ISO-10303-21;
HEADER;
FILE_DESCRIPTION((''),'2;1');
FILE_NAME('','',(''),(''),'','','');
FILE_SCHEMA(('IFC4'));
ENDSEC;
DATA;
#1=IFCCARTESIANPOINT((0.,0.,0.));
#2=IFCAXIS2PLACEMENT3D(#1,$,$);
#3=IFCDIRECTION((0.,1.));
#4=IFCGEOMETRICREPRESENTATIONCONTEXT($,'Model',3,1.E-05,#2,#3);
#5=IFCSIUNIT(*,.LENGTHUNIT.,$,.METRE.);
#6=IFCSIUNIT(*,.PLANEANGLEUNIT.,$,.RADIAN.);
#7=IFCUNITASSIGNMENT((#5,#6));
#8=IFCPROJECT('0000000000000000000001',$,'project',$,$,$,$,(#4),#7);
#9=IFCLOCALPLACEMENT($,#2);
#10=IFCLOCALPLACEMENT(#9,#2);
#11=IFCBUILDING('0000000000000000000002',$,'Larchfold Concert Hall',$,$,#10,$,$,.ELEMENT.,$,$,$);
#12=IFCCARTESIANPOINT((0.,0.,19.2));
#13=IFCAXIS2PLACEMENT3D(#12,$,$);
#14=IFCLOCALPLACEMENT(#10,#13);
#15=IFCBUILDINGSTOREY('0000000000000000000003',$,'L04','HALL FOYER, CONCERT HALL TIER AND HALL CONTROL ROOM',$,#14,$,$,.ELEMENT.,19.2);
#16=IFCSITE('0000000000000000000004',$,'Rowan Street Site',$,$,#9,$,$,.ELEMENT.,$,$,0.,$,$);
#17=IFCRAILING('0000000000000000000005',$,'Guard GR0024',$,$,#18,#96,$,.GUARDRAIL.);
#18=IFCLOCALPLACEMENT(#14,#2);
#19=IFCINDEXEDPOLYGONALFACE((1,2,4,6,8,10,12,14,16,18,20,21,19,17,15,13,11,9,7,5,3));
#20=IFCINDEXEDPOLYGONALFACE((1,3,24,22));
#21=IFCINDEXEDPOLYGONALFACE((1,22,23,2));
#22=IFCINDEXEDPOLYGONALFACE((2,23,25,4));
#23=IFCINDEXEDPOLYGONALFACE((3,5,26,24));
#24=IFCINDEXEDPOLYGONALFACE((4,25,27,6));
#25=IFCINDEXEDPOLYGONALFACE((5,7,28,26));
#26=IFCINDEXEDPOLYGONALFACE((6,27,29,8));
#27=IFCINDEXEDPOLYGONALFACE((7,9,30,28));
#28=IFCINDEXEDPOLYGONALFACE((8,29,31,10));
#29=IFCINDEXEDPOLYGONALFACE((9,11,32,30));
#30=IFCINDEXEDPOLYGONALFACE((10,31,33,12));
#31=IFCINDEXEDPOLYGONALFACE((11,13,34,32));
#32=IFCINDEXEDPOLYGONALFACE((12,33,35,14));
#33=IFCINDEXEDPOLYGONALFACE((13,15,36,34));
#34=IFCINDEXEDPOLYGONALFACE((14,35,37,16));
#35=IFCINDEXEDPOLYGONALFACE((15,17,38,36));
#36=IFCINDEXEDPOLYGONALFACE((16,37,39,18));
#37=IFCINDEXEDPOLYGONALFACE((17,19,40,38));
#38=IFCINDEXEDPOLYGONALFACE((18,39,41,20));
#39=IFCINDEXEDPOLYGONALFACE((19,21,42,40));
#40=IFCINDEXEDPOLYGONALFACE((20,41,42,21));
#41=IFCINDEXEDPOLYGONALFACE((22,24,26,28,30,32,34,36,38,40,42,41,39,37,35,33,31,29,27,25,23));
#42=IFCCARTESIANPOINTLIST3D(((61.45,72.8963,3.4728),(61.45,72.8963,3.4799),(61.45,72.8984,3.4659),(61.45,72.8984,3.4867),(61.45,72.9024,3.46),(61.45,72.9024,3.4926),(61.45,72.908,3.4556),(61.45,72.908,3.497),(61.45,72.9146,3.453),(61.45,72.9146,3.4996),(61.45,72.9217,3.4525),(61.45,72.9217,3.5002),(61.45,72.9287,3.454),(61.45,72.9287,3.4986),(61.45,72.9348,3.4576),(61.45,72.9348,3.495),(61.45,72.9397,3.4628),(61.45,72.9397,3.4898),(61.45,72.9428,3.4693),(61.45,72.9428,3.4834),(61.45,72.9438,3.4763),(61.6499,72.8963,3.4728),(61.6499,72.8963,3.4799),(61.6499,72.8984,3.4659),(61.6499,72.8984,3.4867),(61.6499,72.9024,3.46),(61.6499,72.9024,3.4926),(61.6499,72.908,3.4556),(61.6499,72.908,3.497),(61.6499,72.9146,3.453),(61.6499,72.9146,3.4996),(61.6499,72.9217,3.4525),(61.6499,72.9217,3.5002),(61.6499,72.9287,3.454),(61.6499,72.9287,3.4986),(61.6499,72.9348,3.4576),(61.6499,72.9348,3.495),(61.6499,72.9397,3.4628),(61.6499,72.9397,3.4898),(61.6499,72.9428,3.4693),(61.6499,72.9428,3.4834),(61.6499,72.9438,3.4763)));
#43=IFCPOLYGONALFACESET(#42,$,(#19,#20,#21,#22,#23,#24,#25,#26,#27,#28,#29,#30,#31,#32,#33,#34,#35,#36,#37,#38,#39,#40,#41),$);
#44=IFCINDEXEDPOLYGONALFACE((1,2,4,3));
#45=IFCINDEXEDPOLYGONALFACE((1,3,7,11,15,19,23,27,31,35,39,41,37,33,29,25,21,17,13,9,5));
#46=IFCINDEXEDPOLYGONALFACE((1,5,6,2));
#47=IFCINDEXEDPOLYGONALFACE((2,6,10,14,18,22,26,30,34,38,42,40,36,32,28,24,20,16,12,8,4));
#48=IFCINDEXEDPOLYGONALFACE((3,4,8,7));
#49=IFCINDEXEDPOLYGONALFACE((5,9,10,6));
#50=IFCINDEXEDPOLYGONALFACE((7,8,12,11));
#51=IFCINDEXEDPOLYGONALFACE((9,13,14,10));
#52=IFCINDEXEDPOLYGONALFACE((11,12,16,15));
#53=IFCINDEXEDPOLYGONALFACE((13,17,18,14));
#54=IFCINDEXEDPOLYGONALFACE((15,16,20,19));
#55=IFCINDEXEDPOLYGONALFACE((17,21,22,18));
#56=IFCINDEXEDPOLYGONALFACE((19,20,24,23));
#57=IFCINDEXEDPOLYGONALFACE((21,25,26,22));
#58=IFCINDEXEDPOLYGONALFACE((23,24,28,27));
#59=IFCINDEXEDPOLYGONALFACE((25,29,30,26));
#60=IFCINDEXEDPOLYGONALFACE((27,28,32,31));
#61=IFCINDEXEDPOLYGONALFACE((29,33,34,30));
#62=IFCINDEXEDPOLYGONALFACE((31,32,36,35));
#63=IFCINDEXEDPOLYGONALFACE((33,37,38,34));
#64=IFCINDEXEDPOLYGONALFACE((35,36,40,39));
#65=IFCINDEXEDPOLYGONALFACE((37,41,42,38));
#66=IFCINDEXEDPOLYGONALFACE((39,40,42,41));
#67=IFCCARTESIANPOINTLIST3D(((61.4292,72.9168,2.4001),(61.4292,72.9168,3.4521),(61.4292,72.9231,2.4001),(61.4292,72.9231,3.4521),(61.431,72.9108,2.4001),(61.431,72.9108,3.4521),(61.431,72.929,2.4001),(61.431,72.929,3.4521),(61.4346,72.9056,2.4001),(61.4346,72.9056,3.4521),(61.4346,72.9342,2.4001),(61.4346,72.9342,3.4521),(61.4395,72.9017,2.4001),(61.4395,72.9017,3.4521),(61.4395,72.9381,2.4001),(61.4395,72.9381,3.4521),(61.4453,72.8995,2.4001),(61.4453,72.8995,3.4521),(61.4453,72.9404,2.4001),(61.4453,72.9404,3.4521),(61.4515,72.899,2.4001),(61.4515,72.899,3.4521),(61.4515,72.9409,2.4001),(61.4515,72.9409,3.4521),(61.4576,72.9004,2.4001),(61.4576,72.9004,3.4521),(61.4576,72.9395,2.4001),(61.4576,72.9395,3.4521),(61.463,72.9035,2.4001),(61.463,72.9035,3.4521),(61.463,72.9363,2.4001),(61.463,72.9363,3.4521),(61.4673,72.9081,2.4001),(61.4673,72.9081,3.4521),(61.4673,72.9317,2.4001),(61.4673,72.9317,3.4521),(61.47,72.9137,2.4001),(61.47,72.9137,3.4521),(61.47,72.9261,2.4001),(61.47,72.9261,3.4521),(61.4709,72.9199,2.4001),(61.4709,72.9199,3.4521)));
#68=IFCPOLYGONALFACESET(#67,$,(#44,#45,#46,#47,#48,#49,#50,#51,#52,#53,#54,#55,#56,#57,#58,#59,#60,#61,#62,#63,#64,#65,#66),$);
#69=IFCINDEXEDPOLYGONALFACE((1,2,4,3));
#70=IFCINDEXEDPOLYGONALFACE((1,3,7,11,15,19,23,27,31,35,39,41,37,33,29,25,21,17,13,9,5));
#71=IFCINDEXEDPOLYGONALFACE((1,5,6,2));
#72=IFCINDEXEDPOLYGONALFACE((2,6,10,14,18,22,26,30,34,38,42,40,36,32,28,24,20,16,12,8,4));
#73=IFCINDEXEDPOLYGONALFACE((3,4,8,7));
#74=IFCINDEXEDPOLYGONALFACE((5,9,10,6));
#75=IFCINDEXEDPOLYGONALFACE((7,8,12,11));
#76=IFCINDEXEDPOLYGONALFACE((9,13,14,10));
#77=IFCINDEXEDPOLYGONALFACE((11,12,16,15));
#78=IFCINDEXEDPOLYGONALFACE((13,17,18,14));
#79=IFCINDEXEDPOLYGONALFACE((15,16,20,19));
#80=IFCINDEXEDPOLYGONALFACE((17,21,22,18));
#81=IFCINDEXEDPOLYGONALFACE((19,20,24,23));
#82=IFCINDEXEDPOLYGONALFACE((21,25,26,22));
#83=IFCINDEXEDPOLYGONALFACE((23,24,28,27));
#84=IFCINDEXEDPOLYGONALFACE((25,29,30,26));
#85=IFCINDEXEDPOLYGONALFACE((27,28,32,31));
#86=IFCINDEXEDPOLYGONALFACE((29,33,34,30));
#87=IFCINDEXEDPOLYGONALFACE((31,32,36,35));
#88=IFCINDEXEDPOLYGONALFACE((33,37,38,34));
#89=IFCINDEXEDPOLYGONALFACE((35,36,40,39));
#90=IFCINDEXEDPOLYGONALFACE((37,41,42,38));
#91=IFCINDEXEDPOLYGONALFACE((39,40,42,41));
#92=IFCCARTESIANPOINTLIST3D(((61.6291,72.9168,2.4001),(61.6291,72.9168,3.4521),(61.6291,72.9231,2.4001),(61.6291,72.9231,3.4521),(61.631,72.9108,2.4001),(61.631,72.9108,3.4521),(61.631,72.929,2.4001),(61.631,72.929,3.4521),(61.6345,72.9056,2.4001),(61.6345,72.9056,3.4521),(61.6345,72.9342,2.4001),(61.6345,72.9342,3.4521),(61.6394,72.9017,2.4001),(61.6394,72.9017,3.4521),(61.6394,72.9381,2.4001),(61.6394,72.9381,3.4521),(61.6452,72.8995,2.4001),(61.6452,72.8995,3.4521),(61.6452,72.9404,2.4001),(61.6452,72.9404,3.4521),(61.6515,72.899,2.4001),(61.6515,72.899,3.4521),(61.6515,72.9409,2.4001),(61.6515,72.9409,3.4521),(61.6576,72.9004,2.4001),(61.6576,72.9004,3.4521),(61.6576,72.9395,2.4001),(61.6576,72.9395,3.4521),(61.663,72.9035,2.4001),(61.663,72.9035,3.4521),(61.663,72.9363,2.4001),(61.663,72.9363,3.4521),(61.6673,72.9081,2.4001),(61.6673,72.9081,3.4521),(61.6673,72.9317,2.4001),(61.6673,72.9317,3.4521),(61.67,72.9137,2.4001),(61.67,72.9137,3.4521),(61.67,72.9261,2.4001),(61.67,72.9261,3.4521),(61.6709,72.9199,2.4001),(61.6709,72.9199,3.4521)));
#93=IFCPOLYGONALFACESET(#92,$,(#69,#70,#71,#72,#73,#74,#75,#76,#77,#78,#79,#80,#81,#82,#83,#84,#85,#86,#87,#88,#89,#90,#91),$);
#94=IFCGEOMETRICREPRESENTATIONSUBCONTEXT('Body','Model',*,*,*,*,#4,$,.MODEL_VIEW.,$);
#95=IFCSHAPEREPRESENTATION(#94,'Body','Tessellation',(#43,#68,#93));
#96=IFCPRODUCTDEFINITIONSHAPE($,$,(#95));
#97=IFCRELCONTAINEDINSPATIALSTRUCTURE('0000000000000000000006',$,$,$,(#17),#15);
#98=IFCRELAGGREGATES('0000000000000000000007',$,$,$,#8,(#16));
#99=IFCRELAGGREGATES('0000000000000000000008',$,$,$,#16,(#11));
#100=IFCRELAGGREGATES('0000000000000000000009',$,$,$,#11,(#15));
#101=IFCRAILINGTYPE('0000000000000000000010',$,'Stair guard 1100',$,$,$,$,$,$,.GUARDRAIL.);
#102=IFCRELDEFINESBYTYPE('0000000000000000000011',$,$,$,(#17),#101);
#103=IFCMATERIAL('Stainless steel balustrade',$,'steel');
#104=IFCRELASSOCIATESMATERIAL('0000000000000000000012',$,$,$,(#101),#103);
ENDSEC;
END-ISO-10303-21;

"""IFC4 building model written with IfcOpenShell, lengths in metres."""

from ifc_helpers import new_model, si_unit, direction, frame, origin, origin_2d, place, context, subcontext, project, spatial, circle, extrude, material, type_object, element, save


model = new_model("IFC4")

# Units and contexts
model_context = context("Model", 3, precision=1e-05, world=origin(), true_north=direction((0.0, 1.0)))
body_context = subcontext(model_context, "Body", "Model", "MODEL_VIEW")
ifc_project = project(units=[si_unit("LENGTHUNIT", "METRE"), si_unit("PLANEANGLEUNIT", "RADIAN")], contexts=[model_context])

# Site, building, storey
site_placement = place(None, origin())
site = spatial("IfcSite", under=ifc_project, at=site_placement, Name="Rowan Street Site", CompositionType="ELEMENT", RefElevation=0.0)
building_placement = place(site_placement, origin())
building = spatial("IfcBuilding", under=site, at=building_placement, Name="Larchfold Concert Hall", CompositionType="ELEMENT")
storey_placement = place(building_placement, frame((0.0, 0.0, 19.2)))
storey = spatial("IfcBuildingStorey", under=building, at=storey_placement, Name="L04", Description="HALL FOYER, CONCERT HALL TIER AND HALL CONTROL ROOM", CompositionType="ELEMENT", Elevation=19.2)

# Railing
ifc_material_1 = material(Name="Stainless steel balustrade", Category="steel")
railing_type_1 = type_object("IfcRailingType", Name="Stair guard 1100", PredefinedType="GUARDRAIL", material=ifc_material_1)
railing_1_placement = place(storey_placement, frame((61.45, 72.9199, 2.4001)))
element("IfcRailing", 1, at=railing_1_placement, inside=storey, type_object=railing_type_1, Name="Guard GR0024", PredefinedType="GUARDRAIL", context=body_context, shape_type="SweptSolid", body=[
    extrude(circle(Radius=0.0239, at=origin_2d()), frame((0.0, 0.0, 1.0762), z_axis=(1.0, 0.0, 0.0), x_axis=(0.0, 1.0, 0.0)), (0.0, 0.0, 1.0), 0.2),
    extrude(circle(Radius=0.021, at=origin_2d()), origin(), (0.0, 0.0, 1.0), 1.052),
    extrude(circle(Radius=0.021, at=origin_2d()), frame((0.2, 0.0, 0.0)), (0.0, 0.0, 1.0), 1.052),
])

save(model, "model.ifc")
